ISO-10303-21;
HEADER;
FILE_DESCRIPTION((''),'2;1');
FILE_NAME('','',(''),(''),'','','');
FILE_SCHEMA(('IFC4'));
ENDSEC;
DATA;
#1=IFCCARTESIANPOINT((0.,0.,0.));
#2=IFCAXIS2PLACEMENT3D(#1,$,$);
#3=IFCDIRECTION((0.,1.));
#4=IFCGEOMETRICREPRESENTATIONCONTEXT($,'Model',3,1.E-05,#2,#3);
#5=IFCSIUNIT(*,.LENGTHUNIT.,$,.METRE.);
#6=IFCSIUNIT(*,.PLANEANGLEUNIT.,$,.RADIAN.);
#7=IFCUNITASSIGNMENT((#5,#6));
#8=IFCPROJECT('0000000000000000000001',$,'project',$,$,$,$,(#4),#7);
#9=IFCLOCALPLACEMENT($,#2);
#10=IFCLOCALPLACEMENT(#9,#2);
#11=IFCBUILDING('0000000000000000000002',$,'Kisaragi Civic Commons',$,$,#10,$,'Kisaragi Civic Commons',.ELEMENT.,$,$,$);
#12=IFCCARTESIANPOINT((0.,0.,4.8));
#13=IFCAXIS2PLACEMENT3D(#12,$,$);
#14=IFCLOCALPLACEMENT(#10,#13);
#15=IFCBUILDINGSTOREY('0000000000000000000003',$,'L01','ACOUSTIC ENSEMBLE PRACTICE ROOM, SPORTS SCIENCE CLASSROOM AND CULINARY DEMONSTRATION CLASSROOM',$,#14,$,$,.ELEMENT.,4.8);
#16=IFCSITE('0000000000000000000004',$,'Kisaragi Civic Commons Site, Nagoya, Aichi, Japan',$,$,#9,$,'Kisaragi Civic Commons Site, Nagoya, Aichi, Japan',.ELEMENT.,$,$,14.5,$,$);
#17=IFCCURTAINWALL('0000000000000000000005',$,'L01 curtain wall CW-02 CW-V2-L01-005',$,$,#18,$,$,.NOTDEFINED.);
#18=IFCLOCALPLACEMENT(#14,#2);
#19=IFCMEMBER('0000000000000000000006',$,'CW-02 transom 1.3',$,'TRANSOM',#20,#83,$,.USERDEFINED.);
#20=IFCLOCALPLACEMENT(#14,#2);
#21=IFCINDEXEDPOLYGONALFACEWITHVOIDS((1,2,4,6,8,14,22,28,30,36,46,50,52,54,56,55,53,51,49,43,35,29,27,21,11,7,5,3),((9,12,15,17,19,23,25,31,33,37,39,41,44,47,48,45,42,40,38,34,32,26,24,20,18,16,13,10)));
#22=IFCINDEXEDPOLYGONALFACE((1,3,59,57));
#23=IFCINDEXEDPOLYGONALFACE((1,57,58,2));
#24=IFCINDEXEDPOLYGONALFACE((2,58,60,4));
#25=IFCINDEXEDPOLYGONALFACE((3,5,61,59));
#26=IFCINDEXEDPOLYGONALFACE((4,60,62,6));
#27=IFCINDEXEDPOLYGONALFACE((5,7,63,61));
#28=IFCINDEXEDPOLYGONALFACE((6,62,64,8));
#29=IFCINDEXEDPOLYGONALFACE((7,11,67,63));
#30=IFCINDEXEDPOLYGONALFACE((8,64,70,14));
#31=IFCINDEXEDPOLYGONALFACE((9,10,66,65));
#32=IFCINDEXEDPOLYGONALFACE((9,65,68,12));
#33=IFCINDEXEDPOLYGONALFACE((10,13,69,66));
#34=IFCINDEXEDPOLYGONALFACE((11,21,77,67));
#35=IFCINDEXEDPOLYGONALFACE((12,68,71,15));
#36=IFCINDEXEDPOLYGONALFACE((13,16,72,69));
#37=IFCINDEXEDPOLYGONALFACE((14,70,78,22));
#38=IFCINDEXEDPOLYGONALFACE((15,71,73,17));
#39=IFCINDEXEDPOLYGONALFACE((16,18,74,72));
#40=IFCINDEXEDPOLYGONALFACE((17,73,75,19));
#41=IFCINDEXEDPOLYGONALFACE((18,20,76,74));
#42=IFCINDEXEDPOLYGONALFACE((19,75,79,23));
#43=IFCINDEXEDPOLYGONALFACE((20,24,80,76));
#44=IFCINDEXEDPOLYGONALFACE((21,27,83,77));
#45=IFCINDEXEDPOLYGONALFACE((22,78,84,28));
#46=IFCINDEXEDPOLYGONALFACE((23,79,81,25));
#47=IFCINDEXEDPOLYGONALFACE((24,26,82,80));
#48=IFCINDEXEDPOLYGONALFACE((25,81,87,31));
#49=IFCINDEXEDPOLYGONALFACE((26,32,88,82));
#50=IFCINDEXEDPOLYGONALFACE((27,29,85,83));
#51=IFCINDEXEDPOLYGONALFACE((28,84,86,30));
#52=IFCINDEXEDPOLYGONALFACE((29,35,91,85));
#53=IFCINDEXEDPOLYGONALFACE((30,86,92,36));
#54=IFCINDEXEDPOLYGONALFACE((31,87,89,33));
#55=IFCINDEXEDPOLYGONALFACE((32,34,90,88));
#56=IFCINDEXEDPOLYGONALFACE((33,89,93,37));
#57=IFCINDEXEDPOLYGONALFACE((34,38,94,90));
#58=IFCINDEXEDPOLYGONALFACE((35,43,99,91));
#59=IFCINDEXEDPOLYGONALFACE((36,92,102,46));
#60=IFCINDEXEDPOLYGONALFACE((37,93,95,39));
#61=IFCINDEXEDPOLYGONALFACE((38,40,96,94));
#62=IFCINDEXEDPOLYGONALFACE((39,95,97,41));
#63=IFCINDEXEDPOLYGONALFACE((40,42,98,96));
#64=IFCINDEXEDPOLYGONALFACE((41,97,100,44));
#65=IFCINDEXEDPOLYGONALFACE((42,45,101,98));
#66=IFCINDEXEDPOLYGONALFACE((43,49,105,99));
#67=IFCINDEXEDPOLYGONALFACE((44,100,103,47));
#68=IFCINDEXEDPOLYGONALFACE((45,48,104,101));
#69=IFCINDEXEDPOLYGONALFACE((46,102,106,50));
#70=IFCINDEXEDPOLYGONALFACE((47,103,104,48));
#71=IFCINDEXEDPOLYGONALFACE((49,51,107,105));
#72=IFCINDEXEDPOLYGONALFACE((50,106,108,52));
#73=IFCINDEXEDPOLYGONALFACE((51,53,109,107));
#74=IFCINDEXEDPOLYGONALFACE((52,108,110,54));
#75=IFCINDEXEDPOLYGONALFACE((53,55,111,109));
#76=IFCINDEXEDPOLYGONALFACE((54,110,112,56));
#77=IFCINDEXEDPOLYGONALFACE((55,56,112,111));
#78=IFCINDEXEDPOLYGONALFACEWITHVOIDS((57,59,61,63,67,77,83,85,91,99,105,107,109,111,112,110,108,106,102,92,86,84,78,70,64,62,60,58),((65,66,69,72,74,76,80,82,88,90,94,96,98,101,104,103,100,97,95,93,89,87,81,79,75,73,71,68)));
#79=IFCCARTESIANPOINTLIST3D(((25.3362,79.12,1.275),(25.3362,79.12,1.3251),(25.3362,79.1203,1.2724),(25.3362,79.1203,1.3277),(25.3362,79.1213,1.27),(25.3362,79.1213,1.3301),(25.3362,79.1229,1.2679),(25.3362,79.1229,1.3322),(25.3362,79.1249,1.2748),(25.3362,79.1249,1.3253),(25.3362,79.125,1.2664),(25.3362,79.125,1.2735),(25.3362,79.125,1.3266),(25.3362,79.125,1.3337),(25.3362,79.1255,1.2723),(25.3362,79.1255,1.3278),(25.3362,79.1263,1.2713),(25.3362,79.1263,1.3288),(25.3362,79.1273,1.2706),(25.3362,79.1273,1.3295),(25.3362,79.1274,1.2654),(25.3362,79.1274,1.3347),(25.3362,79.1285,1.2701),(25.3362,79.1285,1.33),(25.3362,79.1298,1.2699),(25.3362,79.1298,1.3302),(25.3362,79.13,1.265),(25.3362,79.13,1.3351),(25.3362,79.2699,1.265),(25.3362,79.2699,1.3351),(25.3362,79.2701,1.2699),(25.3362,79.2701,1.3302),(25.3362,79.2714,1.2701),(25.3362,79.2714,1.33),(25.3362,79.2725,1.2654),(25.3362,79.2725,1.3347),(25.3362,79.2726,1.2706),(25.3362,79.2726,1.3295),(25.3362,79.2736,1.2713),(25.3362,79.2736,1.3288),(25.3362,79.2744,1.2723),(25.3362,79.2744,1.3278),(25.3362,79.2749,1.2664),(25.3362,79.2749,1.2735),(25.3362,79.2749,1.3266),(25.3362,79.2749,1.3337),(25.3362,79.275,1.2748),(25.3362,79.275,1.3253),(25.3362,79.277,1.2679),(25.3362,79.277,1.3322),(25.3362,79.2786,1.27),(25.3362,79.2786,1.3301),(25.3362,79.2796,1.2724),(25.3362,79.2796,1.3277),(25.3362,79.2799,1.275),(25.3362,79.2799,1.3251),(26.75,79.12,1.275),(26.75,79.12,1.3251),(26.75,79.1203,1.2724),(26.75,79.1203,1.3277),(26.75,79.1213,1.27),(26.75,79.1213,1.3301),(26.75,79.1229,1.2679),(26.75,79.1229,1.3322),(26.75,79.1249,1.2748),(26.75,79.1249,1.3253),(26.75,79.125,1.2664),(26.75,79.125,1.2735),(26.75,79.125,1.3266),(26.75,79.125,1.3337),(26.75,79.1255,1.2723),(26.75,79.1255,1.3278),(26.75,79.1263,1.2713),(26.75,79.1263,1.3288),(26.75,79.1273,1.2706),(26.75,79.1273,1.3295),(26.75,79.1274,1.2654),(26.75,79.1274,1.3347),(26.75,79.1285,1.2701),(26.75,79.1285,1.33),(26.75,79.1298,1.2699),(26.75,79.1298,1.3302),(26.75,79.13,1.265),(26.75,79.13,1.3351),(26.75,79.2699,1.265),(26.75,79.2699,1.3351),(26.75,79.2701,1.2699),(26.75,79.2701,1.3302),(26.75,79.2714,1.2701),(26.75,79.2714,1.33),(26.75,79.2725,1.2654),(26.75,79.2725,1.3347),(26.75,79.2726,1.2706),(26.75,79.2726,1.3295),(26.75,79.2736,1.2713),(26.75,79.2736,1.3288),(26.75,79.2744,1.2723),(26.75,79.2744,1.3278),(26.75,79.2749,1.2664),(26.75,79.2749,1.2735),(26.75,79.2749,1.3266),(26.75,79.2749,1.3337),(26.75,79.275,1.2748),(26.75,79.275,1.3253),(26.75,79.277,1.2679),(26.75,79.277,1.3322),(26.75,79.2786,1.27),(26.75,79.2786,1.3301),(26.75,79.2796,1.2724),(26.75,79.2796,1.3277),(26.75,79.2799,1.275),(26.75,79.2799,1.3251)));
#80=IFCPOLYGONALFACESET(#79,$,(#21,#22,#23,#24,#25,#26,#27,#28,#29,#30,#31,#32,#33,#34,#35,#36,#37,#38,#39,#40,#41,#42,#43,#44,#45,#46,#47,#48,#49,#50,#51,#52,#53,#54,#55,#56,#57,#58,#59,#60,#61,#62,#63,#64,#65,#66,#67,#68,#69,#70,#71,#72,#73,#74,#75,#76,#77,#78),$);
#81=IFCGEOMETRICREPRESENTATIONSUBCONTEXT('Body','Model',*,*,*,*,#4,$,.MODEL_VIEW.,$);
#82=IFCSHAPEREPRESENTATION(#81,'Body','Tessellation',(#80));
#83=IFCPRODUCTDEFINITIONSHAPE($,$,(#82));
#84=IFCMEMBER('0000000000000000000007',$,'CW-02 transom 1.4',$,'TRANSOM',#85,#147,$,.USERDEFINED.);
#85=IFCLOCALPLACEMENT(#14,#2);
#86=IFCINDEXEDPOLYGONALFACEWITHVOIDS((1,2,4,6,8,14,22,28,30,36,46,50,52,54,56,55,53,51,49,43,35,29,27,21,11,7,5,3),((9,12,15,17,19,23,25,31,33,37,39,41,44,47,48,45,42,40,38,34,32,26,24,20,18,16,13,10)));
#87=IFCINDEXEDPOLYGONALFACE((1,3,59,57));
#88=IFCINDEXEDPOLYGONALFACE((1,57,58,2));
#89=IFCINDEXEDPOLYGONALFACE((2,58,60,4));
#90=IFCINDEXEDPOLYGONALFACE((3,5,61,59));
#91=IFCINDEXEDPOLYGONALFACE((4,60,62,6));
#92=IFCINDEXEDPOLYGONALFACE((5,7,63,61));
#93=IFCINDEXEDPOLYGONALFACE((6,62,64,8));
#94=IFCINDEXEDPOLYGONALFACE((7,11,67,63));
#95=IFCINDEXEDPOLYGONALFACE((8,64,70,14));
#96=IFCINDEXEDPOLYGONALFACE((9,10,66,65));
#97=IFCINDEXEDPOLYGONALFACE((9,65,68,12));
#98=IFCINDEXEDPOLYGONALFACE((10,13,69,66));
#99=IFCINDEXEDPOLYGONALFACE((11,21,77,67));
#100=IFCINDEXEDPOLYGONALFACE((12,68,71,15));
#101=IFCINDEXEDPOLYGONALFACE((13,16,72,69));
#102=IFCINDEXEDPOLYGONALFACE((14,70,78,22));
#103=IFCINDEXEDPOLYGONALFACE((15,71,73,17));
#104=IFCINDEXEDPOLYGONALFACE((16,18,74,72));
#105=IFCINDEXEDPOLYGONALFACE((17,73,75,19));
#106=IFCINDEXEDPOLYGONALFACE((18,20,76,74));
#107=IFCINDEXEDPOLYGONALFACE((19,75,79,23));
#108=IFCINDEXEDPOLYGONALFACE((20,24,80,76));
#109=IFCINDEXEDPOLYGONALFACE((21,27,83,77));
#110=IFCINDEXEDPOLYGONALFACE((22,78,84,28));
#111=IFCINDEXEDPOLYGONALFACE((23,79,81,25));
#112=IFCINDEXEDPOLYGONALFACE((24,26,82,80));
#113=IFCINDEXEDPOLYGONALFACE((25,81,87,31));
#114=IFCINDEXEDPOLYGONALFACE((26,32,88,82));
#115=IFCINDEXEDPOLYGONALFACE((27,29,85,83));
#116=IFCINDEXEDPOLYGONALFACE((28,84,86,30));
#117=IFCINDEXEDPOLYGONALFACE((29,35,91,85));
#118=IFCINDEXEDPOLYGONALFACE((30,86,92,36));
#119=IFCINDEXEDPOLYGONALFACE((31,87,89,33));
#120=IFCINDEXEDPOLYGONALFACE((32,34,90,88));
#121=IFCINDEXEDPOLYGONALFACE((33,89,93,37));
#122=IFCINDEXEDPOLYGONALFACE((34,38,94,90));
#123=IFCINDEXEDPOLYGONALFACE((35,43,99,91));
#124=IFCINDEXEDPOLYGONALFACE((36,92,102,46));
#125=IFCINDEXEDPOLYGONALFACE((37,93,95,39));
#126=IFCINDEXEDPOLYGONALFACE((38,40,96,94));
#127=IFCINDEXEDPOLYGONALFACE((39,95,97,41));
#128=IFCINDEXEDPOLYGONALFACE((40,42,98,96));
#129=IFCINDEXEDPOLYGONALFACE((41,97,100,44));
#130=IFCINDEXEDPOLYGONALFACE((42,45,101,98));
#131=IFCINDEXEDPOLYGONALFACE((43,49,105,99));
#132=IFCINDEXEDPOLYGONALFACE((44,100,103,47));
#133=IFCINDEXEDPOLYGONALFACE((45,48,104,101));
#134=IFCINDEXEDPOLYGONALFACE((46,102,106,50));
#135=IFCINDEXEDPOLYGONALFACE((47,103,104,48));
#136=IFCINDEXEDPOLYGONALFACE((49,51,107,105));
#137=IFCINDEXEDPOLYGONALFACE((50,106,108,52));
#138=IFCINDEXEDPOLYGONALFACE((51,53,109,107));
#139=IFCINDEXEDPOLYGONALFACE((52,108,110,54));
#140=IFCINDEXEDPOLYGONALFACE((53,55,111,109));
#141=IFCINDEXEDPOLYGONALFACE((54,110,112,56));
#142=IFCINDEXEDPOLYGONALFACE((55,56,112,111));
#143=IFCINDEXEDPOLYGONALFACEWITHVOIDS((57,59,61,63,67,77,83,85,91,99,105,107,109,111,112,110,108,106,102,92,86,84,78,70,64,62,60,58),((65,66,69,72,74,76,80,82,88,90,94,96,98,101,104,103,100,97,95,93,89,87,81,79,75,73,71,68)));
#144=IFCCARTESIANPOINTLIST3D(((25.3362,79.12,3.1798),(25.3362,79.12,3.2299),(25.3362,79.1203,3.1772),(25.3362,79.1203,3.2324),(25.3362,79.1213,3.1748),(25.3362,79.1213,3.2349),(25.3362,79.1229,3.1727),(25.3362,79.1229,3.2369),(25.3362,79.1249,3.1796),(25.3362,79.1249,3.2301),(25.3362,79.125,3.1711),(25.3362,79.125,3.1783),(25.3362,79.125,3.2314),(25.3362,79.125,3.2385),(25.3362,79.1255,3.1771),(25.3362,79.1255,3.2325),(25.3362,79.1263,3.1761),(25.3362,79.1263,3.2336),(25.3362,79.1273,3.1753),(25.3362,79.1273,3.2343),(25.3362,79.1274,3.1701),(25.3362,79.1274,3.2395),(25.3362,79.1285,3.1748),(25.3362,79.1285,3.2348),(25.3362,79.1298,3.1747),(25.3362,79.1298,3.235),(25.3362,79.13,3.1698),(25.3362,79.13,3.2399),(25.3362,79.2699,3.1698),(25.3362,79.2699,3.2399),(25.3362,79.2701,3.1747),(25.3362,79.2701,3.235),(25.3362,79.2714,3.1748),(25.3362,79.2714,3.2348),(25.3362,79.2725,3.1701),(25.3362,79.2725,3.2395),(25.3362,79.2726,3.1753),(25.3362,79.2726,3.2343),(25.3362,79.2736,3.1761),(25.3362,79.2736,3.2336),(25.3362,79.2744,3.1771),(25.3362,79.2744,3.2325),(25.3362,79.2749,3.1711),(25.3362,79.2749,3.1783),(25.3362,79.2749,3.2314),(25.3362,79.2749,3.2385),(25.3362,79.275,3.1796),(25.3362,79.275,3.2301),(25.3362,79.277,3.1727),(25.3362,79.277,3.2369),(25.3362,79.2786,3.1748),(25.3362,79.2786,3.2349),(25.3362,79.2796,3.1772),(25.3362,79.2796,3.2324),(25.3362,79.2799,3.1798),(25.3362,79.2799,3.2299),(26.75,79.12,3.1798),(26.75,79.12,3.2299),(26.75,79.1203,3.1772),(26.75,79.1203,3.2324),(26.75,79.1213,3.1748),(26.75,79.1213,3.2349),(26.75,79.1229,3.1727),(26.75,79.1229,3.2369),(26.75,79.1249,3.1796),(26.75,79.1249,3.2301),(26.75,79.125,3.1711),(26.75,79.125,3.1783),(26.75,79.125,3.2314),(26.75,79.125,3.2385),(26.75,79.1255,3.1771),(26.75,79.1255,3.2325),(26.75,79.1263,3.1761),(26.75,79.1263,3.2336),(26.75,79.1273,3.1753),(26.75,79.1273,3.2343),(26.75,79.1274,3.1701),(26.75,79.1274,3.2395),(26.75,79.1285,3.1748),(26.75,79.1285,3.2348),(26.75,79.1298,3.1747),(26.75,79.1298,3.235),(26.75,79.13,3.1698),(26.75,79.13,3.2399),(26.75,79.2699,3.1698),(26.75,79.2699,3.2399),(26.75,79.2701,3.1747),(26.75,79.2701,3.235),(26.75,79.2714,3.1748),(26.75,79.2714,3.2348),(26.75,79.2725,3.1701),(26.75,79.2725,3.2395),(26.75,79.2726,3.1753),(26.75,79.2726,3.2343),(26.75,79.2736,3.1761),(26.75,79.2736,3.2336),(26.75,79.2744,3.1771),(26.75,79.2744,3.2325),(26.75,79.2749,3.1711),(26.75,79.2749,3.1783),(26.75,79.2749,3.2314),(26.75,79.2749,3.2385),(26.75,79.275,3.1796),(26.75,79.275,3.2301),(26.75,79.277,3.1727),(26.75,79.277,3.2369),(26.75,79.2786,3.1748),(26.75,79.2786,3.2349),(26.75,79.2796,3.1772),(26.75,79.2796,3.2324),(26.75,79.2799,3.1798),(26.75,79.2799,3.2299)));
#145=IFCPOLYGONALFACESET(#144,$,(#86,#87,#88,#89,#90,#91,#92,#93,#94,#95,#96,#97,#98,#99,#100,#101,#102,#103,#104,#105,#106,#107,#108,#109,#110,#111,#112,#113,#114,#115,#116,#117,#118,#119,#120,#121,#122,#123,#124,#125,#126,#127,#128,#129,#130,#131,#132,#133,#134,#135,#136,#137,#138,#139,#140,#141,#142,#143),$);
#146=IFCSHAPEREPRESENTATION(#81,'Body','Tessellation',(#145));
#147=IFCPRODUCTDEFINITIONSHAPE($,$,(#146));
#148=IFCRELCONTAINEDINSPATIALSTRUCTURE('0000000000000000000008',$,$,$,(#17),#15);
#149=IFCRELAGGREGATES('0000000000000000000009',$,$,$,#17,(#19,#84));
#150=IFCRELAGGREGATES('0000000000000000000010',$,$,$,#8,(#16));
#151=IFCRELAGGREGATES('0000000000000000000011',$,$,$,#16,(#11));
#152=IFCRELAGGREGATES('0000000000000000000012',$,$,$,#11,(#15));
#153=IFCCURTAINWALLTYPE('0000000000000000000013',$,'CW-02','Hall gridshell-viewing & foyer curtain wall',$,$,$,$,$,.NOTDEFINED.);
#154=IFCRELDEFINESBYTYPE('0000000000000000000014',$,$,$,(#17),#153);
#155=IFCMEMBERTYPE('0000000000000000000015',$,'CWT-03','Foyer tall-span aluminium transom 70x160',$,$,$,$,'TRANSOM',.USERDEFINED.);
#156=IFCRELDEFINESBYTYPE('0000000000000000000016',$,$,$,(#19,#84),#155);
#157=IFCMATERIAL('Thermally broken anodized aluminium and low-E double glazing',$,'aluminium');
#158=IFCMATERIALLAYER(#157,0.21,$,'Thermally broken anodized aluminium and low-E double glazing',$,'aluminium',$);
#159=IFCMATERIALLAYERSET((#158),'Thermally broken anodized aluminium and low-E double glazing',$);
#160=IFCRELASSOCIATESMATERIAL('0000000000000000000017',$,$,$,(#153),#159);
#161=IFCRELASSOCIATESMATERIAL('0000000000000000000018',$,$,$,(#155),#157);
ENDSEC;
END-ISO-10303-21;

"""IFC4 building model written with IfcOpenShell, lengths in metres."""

from ifc_helpers import new_model, si_unit, direction, frame, origin, origin_2d, place, context, subcontext, project, spatial, hollow_rectangle, extrude, material, layer, layer_set, material_profile, profile_set, type_object, element, aggregate, save


model = new_model("IFC4")

# Units and contexts
model_context = context("Model", 3, precision=1e-05, world=origin(), true_north=direction((0.0, 1.0)))
body_context = subcontext(model_context, "Body", "Model", "MODEL_VIEW")
ifc_project = project(units=[si_unit("LENGTHUNIT", "METRE"), si_unit("PLANEANGLEUNIT", "RADIAN")], contexts=[model_context])

# Site, building, storey
site_placement = place(None, origin())
site = spatial("IfcSite", under=ifc_project, at=site_placement, Name="Kisaragi Civic Commons Site, Nagoya, Aichi, Japan", LongName="Kisaragi Civic Commons Site, Nagoya, Aichi, Japan", CompositionType="ELEMENT", RefElevation=14.5)
building_placement = place(site_placement, origin())
building = spatial("IfcBuilding", under=site, at=building_placement, Name="Kisaragi Civic Commons", LongName="Kisaragi Civic Commons", CompositionType="ELEMENT")
storey_placement = place(building_placement, frame((0.0, 0.0, 4.8)))
storey = spatial("IfcBuildingStorey", under=building, at=storey_placement, Name="L01", Description="ACOUSTIC ENSEMBLE PRACTICE ROOM, SPORTS SCIENCE CLASSROOM AND CULINARY DEMONSTRATION CLASSROOM", CompositionType="ELEMENT", Elevation=4.8)

# Curtain wall
ifc_material_1 = material(Name="Thermally broken anodized aluminium and low-E double glazing", Category="aluminium")
ifc_layer_1 = layer(ifc_material_1, 0.21, Name="Thermally broken anodized aluminium and low-E double glazing", Category="aluminium")
ifc_layer_set_1 = layer_set([ifc_layer_1], Name="Thermally broken anodized aluminium and low-E double glazing")
curtain_wall_type = type_object("IfcCurtainWallType", Name="CW-02", Description="Hall gridshell-viewing & foyer curtain wall", PredefinedType="NOTDEFINED", material=ifc_layer_set_1)
curtain_wall_1_placement = place(storey_placement, origin())
curtain_wall_1 = element("IfcCurtainWall", 1, at=curtain_wall_1_placement, inside=storey, type_object=curtain_wall_type, Name="L01 curtain wall CW-02 CW-V2-L01-005", PredefinedType="NOTDEFINED")

# Members
ifc_material_profile_1 = material_profile(ifc_material_1, hollow_rectangle(XDim=0.1599, YDim=0.0701, WallThickness=0.0049, InnerFilletRadius=0.0049, OuterFilletRadius=0.01, at=origin_2d()), Name="CWT-70x160x5", Category="aluminium")
ifc_profile_set_1 = profile_set([ifc_material_profile_1], Name="Thermally broken anodized aluminium and low-E double glazing")
member_type_1 = type_object("IfcMemberType", Name="CWT-03", Description="Foyer tall-span aluminium transom 70x160", ElementType="TRANSOM", PredefinedType="USERDEFINED", material=ifc_profile_set_1)
member_1_placement = place(storey_placement, frame((26.75, 79.2, 1.3), z_axis=(-1.0, 0.0, 0.0), x_axis=(0.0, -1.0, 0.0)))
member_1 = element("IfcMember", 2, at=member_1_placement, type_object=member_type_1, Name="CW-02 transom 1.3", ObjectType="TRANSOM", PredefinedType="USERDEFINED", context=body_context, shape_type="SweptSolid", body=[
    extrude(hollow_rectangle(XDim=0.1599, YDim=0.0701, WallThickness=0.0049, InnerFilletRadius=0.0049, OuterFilletRadius=0.01, at=origin_2d()), origin(), (0.0, 0.0, 1.0), 1.4138),
])
member_2_placement = place(storey_placement, frame((26.75, 79.2, 3.2048), z_axis=(-1.0, 0.0, 0.0), x_axis=(0.0, -1.0, 0.0)))
member_2 = element("IfcMember", 3, at=member_2_placement, type_object=member_type_1, Name="CW-02 transom 1.4", ObjectType="TRANSOM", PredefinedType="USERDEFINED", context=body_context, shape_type="SweptSolid", body=[
    extrude(hollow_rectangle(XDim=0.1599, YDim=0.0701, WallThickness=0.0049, InnerFilletRadius=0.0049, OuterFilletRadius=0.01, at=origin_2d()), origin(), (0.0, 0.0, 1.0), 1.4138),
])

aggregate(curtain_wall_1, [member_1, member_2])

save(model, "model.ifc")
